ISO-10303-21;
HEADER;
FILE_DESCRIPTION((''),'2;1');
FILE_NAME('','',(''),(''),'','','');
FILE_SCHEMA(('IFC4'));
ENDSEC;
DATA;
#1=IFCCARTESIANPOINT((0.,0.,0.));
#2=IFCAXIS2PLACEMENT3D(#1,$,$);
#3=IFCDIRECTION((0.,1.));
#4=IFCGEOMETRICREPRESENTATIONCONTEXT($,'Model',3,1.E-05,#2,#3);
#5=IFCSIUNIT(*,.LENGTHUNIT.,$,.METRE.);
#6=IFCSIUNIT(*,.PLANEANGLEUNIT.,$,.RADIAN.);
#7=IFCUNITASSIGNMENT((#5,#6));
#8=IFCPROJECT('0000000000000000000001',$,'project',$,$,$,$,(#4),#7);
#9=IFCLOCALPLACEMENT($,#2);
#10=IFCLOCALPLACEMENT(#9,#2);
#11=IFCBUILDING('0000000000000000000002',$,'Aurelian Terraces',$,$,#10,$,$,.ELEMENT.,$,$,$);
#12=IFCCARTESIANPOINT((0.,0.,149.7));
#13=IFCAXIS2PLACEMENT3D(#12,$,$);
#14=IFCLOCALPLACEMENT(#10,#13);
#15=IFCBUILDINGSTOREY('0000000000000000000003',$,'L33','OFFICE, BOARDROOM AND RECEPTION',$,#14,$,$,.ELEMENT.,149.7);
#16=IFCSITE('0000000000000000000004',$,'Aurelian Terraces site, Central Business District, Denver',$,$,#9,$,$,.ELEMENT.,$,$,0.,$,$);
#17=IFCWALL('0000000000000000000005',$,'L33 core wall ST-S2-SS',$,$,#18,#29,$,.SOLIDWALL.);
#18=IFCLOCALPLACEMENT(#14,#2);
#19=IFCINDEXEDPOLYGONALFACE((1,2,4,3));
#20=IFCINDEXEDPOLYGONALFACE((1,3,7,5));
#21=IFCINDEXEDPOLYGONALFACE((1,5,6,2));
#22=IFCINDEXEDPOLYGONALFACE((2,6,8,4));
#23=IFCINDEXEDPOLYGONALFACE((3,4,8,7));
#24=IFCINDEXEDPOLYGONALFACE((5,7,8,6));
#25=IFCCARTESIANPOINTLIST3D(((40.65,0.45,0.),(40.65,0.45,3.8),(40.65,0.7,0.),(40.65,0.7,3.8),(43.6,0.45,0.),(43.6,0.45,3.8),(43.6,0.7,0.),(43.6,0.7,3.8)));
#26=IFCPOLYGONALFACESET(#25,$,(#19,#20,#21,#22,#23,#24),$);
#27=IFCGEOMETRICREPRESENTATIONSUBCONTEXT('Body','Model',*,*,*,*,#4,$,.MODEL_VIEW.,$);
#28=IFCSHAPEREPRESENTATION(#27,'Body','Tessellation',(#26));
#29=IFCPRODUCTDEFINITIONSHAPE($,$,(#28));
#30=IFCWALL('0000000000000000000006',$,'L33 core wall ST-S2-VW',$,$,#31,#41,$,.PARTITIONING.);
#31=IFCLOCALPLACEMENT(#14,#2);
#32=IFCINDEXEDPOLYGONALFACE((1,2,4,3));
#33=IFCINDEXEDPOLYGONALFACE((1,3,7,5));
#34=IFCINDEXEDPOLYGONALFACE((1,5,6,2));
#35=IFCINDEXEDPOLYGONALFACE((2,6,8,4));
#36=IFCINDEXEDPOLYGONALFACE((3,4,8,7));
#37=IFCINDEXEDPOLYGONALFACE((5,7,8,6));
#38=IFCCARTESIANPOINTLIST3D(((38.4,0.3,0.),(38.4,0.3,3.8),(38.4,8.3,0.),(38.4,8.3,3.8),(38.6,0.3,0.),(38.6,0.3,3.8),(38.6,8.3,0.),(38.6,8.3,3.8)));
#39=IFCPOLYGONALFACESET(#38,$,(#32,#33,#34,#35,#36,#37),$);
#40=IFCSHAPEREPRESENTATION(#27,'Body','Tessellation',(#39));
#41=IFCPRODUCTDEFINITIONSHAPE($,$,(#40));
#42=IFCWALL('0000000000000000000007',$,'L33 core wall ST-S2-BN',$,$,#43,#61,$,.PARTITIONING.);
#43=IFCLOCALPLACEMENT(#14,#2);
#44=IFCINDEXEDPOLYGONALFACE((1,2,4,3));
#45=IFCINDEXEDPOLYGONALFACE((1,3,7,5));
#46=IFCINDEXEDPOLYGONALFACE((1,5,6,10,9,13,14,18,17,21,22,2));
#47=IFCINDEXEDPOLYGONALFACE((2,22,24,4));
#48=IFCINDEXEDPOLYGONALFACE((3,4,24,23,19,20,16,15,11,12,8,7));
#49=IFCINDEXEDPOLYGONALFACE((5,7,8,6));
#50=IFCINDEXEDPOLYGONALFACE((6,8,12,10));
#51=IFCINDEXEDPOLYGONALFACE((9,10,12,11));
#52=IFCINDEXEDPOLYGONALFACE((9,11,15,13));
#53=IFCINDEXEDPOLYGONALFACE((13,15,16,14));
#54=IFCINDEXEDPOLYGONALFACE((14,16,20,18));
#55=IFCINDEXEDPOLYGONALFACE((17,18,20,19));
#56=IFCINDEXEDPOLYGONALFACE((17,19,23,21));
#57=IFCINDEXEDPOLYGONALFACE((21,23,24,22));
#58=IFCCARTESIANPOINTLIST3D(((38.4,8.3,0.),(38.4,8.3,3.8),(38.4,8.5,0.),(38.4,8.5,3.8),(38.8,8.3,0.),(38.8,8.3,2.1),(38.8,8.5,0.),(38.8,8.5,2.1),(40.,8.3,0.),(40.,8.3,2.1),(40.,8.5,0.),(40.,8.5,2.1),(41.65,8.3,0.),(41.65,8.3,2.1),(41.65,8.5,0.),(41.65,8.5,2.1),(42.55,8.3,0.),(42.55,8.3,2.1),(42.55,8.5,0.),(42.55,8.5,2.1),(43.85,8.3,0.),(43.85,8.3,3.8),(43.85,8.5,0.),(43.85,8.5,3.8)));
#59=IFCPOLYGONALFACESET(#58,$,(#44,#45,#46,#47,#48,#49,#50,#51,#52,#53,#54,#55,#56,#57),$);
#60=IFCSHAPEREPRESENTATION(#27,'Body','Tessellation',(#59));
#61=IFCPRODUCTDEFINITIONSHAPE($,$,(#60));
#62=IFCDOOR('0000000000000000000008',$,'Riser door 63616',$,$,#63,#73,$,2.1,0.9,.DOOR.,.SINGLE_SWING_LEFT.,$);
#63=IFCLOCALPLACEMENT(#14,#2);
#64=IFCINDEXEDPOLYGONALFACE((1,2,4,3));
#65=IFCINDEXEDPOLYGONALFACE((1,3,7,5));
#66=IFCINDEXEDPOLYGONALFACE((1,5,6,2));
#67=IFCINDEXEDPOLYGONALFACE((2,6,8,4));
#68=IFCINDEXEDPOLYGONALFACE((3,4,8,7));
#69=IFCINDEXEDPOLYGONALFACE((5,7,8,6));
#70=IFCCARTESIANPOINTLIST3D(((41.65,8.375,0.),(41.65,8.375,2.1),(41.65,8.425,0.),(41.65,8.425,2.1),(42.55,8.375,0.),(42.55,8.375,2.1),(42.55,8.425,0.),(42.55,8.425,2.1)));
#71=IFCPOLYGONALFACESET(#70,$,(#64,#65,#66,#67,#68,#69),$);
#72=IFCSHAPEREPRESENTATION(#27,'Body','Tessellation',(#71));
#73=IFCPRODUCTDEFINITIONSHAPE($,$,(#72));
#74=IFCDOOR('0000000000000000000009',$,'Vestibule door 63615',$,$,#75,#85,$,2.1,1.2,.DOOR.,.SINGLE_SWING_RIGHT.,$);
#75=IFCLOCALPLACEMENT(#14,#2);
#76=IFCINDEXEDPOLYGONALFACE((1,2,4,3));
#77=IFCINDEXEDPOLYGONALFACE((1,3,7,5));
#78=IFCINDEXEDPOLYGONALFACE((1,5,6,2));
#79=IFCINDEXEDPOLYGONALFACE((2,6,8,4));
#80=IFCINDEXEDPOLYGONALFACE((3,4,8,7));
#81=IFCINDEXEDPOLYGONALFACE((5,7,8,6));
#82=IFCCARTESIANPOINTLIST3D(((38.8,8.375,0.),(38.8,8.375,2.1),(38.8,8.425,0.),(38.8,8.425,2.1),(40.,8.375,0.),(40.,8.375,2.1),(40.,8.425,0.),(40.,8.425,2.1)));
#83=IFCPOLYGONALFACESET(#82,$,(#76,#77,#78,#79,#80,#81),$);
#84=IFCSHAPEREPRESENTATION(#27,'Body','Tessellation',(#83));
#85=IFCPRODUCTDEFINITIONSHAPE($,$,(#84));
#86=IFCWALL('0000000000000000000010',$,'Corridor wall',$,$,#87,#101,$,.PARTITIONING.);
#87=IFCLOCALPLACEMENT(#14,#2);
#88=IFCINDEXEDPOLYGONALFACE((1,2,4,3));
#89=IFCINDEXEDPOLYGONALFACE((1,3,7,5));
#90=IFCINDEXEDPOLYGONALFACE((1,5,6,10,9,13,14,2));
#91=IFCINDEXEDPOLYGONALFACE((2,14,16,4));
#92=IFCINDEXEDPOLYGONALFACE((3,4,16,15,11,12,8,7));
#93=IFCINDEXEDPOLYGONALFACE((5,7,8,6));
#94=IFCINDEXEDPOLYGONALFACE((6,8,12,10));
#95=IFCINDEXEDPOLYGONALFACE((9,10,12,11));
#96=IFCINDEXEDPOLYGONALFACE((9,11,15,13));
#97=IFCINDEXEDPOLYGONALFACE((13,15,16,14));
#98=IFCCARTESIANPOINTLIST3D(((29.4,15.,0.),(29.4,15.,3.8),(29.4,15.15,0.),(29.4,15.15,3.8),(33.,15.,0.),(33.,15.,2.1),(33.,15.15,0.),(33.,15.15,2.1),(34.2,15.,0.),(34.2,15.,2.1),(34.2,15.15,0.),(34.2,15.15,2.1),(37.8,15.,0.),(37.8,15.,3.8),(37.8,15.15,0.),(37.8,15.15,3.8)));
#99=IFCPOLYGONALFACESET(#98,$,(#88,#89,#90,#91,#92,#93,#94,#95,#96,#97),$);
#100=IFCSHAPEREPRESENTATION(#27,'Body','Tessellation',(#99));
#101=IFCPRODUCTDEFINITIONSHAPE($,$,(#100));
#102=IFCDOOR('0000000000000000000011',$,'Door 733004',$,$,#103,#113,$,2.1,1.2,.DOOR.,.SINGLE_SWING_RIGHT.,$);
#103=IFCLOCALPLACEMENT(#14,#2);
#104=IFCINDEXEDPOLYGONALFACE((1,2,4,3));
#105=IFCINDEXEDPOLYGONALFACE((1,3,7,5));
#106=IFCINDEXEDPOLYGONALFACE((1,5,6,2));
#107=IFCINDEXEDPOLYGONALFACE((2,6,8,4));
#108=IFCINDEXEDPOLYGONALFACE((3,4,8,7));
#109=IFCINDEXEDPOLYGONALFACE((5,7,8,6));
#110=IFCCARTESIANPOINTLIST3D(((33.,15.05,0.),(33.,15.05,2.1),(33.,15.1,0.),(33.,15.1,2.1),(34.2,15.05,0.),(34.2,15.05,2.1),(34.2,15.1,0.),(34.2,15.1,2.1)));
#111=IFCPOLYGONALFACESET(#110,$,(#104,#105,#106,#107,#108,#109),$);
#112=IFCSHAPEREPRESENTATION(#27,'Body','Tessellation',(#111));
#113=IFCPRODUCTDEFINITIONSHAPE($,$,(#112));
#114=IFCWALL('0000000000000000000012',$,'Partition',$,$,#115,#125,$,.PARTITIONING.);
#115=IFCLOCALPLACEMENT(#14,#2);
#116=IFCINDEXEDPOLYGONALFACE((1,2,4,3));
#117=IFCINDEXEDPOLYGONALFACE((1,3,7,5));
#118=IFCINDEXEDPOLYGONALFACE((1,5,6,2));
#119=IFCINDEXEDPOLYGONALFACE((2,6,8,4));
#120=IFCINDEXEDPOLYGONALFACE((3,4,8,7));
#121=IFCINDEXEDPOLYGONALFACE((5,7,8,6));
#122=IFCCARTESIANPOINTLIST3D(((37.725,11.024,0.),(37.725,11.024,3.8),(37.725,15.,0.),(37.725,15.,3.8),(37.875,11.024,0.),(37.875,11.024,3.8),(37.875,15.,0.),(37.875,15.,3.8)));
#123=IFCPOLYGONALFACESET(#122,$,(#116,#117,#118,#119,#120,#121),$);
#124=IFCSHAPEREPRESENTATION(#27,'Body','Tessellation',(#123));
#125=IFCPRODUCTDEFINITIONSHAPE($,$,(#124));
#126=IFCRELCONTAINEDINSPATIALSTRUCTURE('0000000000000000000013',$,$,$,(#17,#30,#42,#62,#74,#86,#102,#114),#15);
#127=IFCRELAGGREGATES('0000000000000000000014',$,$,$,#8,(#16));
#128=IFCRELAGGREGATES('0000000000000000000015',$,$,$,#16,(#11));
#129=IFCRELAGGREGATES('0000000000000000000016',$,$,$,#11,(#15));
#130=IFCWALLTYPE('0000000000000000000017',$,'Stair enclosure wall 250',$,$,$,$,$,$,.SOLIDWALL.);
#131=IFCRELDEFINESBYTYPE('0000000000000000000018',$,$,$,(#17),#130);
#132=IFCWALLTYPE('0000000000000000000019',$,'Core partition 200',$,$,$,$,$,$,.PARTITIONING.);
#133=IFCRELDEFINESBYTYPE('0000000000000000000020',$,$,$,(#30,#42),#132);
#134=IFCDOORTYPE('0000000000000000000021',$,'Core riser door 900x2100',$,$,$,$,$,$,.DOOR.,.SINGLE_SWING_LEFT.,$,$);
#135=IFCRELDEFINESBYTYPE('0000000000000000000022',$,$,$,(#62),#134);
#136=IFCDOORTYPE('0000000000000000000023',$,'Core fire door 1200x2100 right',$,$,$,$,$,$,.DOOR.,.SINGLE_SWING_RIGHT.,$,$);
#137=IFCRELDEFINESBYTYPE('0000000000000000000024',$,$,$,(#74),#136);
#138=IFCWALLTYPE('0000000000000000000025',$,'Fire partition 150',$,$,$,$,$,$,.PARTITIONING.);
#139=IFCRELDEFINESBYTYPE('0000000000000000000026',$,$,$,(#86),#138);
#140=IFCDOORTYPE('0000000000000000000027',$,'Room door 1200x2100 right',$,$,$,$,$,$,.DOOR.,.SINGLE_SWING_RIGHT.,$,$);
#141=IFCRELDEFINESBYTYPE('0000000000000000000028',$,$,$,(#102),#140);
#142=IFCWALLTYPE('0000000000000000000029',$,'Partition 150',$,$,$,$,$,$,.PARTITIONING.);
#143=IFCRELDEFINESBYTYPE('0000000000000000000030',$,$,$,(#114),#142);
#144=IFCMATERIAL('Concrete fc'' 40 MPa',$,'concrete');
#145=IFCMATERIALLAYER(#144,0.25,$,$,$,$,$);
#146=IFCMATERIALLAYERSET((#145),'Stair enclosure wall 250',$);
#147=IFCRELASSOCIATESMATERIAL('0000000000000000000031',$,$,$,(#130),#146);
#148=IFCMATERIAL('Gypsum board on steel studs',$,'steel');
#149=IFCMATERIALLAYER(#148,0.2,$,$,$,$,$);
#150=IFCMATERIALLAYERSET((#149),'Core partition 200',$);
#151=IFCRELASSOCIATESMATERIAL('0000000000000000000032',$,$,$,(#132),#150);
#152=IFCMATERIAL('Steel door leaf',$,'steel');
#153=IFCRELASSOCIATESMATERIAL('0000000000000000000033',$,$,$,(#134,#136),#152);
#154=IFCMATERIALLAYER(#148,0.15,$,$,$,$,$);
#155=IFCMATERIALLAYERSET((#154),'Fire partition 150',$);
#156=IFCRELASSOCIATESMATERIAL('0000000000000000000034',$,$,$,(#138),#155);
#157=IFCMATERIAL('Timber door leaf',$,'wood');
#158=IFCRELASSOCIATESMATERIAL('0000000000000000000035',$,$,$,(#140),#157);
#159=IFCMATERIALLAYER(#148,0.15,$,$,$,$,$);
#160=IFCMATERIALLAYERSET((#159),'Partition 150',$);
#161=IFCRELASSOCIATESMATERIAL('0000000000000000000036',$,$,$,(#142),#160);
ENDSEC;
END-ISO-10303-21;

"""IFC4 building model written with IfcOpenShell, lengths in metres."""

from ifc_helpers import new_model, si_unit, direction, frame, frame_2d, origin, place, context, subcontext, project, spatial, rectangle, extrude, source, transform, mapped, material, layer, layer_set, type_object, element, fill, save


model = new_model("IFC4")

# Units and contexts
model_context = context("Model", 3, precision=1e-05, world=origin(), true_north=direction((0.0, 1.0)))
body_context = subcontext(model_context, "Body", "Model", "MODEL_VIEW")
ifc_project = project(units=[si_unit("LENGTHUNIT", "METRE"), si_unit("PLANEANGLEUNIT", "RADIAN")], contexts=[model_context])

# Site, building, storey
site_placement = place(None, origin())
site = spatial("IfcSite", under=ifc_project, at=site_placement, Name="Aurelian Terraces site, Central Business District, Denver", CompositionType="ELEMENT", RefElevation=0.0)
building_placement = place(site_placement, origin())
building = spatial("IfcBuilding", under=site, at=building_placement, Name="Aurelian Terraces", CompositionType="ELEMENT")
storey_placement = place(building_placement, frame((0.0, 0.0, 149.7)))
storey = spatial("IfcBuildingStorey", under=building, at=storey_placement, Name="L33", Description="OFFICE, BOARDROOM AND RECEPTION", CompositionType="ELEMENT", Elevation=149.7)

# Shared definitions
ifc_material_1 = material(Name="Concrete fc' 40 MPa", Category="concrete")

# Shared definitions
ifc_layer_1 = layer(ifc_material_1, 0.25)
ifc_layer_set_1 = layer_set([ifc_layer_1], Name="Stair enclosure wall 250")
wall_type_1 = type_object("IfcWallType", Name="Stair enclosure wall 250", PredefinedType="SOLIDWALL", material=ifc_layer_set_1)
ifc_material_2 = material(Name="Steel door leaf", Category="steel")

# Walls
shared_shape_1 = source(origin(), body_context, "Body", "SweptSolid", [
    extrude(rectangle(XDim=2.95, YDim=0.25, at=frame_2d((1.475, 0.0))), origin(), (0.0, 0.0, 1.0), 3.8),
])
wall_1_placement = place(storey_placement, frame((40.65, 0.575, 0.0), z_axis=(0.0, 0.0, 1.0), x_axis=(1.0, 0.0, 0.0)))
element("IfcWall", 1, at=wall_1_placement, inside=storey, type_object=wall_type_1, Name="L33 core wall ST-S2-SS", PredefinedType="SOLIDWALL", context=body_context, shape_type="MappedRepresentation", body=[
    mapped(shared_shape_1, transform((0.0, 0.0, 0.0), scale=1.0)),
])
ifc_material_3 = material(Name="Gypsum board on steel studs", Category="steel")
ifc_layer_2 = layer(ifc_material_3, 0.2)
ifc_layer_set_2 = layer_set([ifc_layer_2], Name="Core partition 200")
wall_type_2 = type_object("IfcWallType", Name="Core partition 200", PredefinedType="PARTITIONING", material=ifc_layer_set_2)
shared_shape_2 = source(origin(), body_context, "Body", "SweptSolid", [
    extrude(rectangle(XDim=8.0, YDim=0.2, at=frame_2d((4.0, 0.0))), origin(), (0.0, 0.0, 1.0), 3.8),
])
wall_2_placement = place(storey_placement, frame((38.5, 0.3, 0.0), z_axis=(0.0, 0.0, 1.0), x_axis=(0.0, 1.0, 0.0)))
element("IfcWall", 2, at=wall_2_placement, inside=storey, type_object=wall_type_2, Name="L33 core wall ST-S2-VW", PredefinedType="PARTITIONING", context=body_context, shape_type="MappedRepresentation", body=[
    mapped(shared_shape_2, transform((0.0, 0.0, 0.0), scale=1.0)),
])

# Wall, openings, doors
shared_shape_3 = source(origin(), body_context, "Body", "SweptSolid", [
    extrude(rectangle(XDim=5.45, YDim=0.2, at=frame_2d((2.725, 0.0))), origin(), (0.0, 0.0, 1.0), 3.8),
])
wall_3_placement = place(storey_placement, frame((38.4, 8.4, 0.0), z_axis=(0.0, 0.0, 1.0), x_axis=(1.0, 0.0, 0.0)))
wall_3 = element("IfcWall", 3, at=wall_3_placement, inside=storey, type_object=wall_type_2, Name="L33 core wall ST-S2-BN", PredefinedType="PARTITIONING", context=body_context, shape_type="MappedRepresentation", body=[
    mapped(shared_shape_3, transform((0.0, 0.0, 0.0), scale=1.0)),
])
shared_shape_4 = source(origin(), body_context, "Body", "SweptSolid", [
    extrude(rectangle(XDim=1.2, YDim=2.1, at=frame_2d((0.6, 1.05))), frame((0.0, 0.11, 0.0), z_axis=(0.0, -1.0, 0.0), x_axis=(1.0, 0.0, 0.0)), (0.0, 0.0, 1.0), 0.22),
])
opening_1_placement = place(wall_3_placement, frame((0.4, 0.0, 0.0)))
opening_1 = element("IfcOpeningElement", 4, at=opening_1_placement, cuts=wall_3, PredefinedType="OPENING", context=body_context, shape_type="MappedRepresentation", body=[
    mapped(shared_shape_4, transform((0.0, 0.0, 0.0), scale=1.0)),
])
shared_shape_5 = source(origin(), body_context, "Body", "SweptSolid", [
    extrude(rectangle(XDim=0.9, YDim=2.1, at=frame_2d((0.45, 1.05))), frame((0.0, 0.11, 0.0), z_axis=(0.0, -1.0, 0.0), x_axis=(1.0, 0.0, 0.0)), (0.0, 0.0, 1.0), 0.22),
])
opening_2_placement = place(wall_3_placement, frame((3.25, 0.0, 0.0)))
opening_2 = element("IfcOpeningElement", 5, at=opening_2_placement, cuts=wall_3, PredefinedType="OPENING", context=body_context, shape_type="MappedRepresentation", body=[
    mapped(shared_shape_5, transform((0.0, 0.0, 0.0), scale=1.0)),
])
door_type_1 = type_object("IfcDoorType", Name="Core riser door 900x2100", OperationType="SINGLE_SWING_LEFT", PredefinedType="DOOR", material=ifc_material_2)
shared_shape_6 = source(origin(), body_context, "Body", "SweptSolid", [
    extrude(rectangle(XDim=0.9, YDim=2.1, at=frame_2d((0.45, 1.05))), frame((0.0, 0.025, 0.0), z_axis=(0.0, -1.0, 0.0), x_axis=(1.0, 0.0, 0.0)), (0.0, 0.0, 1.0), 0.05),
])
door_1_placement = place(opening_2_placement, origin())
door_1 = element("IfcDoor", 6, at=door_1_placement, inside=storey, type_object=door_type_1, Name="Riser door 63616", OperationType="SINGLE_SWING_LEFT", OverallHeight=2.1, OverallWidth=0.9, PredefinedType="DOOR", context=body_context, shape_type="MappedRepresentation", body=[
    mapped(shared_shape_6, transform((0.0, 0.0, 0.0), scale=1.0)),
])
fill(opening_2, door_1)
door_type_2 = type_object("IfcDoorType", Name="Core fire door 1200x2100 right", OperationType="SINGLE_SWING_RIGHT", PredefinedType="DOOR", material=ifc_material_2)
shared_shape_7 = source(origin(), body_context, "Body", "SweptSolid", [
    extrude(rectangle(XDim=1.2, YDim=2.1, at=frame_2d((0.6, 1.05))), frame((0.0, 0.025, 0.0), z_axis=(0.0, -1.0, 0.0), x_axis=(1.0, 0.0, 0.0)), (0.0, 0.0, 1.0), 0.05),
])
door_2_placement = place(opening_1_placement, origin())
door_2 = element("IfcDoor", 7, at=door_2_placement, inside=storey, type_object=door_type_2, Name="Vestibule door 63615", OperationType="SINGLE_SWING_RIGHT", OverallHeight=2.1, OverallWidth=1.2, PredefinedType="DOOR", context=body_context, shape_type="MappedRepresentation", body=[
    mapped(shared_shape_7, transform((0.0, 0.0, 0.0), scale=1.0)),
])
fill(opening_1, door_2)

# Wall, opening, door
ifc_layer_3 = layer(ifc_material_3, 0.15)
ifc_layer_set_3 = layer_set([ifc_layer_3], Name="Fire partition 150")
wall_type_3 = type_object("IfcWallType", Name="Fire partition 150", PredefinedType="PARTITIONING", material=ifc_layer_set_3)
shared_shape_8 = source(origin(), body_context, "Body", "SweptSolid", [
    extrude(rectangle(XDim=8.4, YDim=0.15, at=frame_2d((4.2, 0.0))), origin(), (0.0, 0.0, 1.0), 3.8),
])
wall_4_placement = place(storey_placement, frame((37.8, 15.075, 0.0), z_axis=(0.0, 0.0, 1.0), x_axis=(-1.0, 0.0, 0.0)))
wall_4 = element("IfcWall", 8, at=wall_4_placement, inside=storey, type_object=wall_type_3, Name="Corridor wall", PredefinedType="PARTITIONING", context=body_context, shape_type="MappedRepresentation", body=[
    mapped(shared_shape_8, transform((0.0, 0.0, 0.0), scale=1.0)),
])
shared_shape_9 = source(origin(), body_context, "Body", "SweptSolid", [
    extrude(rectangle(XDim=1.2, YDim=2.1, at=frame_2d((0.6, 1.05))), frame((0.0, 0.085, 0.0), z_axis=(0.0, -1.0, 0.0), x_axis=(1.0, 0.0, 0.0)), (0.0, 0.0, 1.0), 0.17),
])
opening_3_placement = place(wall_4_placement, frame((3.6, 0.0, 0.0)))
opening_3 = element("IfcOpeningElement", 9, at=opening_3_placement, cuts=wall_4, PredefinedType="OPENING", context=body_context, shape_type="MappedRepresentation", body=[
    mapped(shared_shape_9, transform((0.0, 0.0, 0.0), scale=1.0)),
])
ifc_material_4 = material(Name="Timber door leaf", Category="wood")
door_type_3 = type_object("IfcDoorType", Name="Room door 1200x2100 right", OperationType="SINGLE_SWING_RIGHT", PredefinedType="DOOR", material=ifc_material_4)
door_3_placement = place(opening_3_placement, origin())
door_3 = element("IfcDoor", 10, at=door_3_placement, inside=storey, type_object=door_type_3, Name="Door 733004", OperationType="SINGLE_SWING_RIGHT", OverallHeight=2.1, OverallWidth=1.2, PredefinedType="DOOR", context=body_context, shape_type="MappedRepresentation", body=[
    mapped(shared_shape_7, transform((0.0, 0.0, 0.0), scale=1.0)),
])
fill(opening_3, door_3)

# Wall
ifc_layer_4 = layer(ifc_material_3, 0.15)
ifc_layer_set_4 = layer_set([ifc_layer_4], Name="Partition 150")
wall_type_4 = type_object("IfcWallType", Name="Partition 150", PredefinedType="PARTITIONING", material=ifc_layer_set_4)
shared_shape_10 = source(origin(), body_context, "Body", "SweptSolid", [
    extrude(rectangle(XDim=3.976, YDim=0.15, at=frame_2d((1.988, 0.0))), origin(), (0.0, 0.0, 1.0), 3.8),
])
wall_5_placement = place(storey_placement, frame((37.8, 11.024, 0.0), z_axis=(0.0, 0.0, 1.0), x_axis=(0.0, 1.0, 0.0)))
element("IfcWall", 11, at=wall_5_placement, inside=storey, type_object=wall_type_4, Name="Partition", PredefinedType="PARTITIONING", context=body_context, shape_type="MappedRepresentation", body=[
    mapped(shared_shape_10, transform((0.0, 0.0, 0.0), scale=1.0)),
])

save(model, "model.ifc")
